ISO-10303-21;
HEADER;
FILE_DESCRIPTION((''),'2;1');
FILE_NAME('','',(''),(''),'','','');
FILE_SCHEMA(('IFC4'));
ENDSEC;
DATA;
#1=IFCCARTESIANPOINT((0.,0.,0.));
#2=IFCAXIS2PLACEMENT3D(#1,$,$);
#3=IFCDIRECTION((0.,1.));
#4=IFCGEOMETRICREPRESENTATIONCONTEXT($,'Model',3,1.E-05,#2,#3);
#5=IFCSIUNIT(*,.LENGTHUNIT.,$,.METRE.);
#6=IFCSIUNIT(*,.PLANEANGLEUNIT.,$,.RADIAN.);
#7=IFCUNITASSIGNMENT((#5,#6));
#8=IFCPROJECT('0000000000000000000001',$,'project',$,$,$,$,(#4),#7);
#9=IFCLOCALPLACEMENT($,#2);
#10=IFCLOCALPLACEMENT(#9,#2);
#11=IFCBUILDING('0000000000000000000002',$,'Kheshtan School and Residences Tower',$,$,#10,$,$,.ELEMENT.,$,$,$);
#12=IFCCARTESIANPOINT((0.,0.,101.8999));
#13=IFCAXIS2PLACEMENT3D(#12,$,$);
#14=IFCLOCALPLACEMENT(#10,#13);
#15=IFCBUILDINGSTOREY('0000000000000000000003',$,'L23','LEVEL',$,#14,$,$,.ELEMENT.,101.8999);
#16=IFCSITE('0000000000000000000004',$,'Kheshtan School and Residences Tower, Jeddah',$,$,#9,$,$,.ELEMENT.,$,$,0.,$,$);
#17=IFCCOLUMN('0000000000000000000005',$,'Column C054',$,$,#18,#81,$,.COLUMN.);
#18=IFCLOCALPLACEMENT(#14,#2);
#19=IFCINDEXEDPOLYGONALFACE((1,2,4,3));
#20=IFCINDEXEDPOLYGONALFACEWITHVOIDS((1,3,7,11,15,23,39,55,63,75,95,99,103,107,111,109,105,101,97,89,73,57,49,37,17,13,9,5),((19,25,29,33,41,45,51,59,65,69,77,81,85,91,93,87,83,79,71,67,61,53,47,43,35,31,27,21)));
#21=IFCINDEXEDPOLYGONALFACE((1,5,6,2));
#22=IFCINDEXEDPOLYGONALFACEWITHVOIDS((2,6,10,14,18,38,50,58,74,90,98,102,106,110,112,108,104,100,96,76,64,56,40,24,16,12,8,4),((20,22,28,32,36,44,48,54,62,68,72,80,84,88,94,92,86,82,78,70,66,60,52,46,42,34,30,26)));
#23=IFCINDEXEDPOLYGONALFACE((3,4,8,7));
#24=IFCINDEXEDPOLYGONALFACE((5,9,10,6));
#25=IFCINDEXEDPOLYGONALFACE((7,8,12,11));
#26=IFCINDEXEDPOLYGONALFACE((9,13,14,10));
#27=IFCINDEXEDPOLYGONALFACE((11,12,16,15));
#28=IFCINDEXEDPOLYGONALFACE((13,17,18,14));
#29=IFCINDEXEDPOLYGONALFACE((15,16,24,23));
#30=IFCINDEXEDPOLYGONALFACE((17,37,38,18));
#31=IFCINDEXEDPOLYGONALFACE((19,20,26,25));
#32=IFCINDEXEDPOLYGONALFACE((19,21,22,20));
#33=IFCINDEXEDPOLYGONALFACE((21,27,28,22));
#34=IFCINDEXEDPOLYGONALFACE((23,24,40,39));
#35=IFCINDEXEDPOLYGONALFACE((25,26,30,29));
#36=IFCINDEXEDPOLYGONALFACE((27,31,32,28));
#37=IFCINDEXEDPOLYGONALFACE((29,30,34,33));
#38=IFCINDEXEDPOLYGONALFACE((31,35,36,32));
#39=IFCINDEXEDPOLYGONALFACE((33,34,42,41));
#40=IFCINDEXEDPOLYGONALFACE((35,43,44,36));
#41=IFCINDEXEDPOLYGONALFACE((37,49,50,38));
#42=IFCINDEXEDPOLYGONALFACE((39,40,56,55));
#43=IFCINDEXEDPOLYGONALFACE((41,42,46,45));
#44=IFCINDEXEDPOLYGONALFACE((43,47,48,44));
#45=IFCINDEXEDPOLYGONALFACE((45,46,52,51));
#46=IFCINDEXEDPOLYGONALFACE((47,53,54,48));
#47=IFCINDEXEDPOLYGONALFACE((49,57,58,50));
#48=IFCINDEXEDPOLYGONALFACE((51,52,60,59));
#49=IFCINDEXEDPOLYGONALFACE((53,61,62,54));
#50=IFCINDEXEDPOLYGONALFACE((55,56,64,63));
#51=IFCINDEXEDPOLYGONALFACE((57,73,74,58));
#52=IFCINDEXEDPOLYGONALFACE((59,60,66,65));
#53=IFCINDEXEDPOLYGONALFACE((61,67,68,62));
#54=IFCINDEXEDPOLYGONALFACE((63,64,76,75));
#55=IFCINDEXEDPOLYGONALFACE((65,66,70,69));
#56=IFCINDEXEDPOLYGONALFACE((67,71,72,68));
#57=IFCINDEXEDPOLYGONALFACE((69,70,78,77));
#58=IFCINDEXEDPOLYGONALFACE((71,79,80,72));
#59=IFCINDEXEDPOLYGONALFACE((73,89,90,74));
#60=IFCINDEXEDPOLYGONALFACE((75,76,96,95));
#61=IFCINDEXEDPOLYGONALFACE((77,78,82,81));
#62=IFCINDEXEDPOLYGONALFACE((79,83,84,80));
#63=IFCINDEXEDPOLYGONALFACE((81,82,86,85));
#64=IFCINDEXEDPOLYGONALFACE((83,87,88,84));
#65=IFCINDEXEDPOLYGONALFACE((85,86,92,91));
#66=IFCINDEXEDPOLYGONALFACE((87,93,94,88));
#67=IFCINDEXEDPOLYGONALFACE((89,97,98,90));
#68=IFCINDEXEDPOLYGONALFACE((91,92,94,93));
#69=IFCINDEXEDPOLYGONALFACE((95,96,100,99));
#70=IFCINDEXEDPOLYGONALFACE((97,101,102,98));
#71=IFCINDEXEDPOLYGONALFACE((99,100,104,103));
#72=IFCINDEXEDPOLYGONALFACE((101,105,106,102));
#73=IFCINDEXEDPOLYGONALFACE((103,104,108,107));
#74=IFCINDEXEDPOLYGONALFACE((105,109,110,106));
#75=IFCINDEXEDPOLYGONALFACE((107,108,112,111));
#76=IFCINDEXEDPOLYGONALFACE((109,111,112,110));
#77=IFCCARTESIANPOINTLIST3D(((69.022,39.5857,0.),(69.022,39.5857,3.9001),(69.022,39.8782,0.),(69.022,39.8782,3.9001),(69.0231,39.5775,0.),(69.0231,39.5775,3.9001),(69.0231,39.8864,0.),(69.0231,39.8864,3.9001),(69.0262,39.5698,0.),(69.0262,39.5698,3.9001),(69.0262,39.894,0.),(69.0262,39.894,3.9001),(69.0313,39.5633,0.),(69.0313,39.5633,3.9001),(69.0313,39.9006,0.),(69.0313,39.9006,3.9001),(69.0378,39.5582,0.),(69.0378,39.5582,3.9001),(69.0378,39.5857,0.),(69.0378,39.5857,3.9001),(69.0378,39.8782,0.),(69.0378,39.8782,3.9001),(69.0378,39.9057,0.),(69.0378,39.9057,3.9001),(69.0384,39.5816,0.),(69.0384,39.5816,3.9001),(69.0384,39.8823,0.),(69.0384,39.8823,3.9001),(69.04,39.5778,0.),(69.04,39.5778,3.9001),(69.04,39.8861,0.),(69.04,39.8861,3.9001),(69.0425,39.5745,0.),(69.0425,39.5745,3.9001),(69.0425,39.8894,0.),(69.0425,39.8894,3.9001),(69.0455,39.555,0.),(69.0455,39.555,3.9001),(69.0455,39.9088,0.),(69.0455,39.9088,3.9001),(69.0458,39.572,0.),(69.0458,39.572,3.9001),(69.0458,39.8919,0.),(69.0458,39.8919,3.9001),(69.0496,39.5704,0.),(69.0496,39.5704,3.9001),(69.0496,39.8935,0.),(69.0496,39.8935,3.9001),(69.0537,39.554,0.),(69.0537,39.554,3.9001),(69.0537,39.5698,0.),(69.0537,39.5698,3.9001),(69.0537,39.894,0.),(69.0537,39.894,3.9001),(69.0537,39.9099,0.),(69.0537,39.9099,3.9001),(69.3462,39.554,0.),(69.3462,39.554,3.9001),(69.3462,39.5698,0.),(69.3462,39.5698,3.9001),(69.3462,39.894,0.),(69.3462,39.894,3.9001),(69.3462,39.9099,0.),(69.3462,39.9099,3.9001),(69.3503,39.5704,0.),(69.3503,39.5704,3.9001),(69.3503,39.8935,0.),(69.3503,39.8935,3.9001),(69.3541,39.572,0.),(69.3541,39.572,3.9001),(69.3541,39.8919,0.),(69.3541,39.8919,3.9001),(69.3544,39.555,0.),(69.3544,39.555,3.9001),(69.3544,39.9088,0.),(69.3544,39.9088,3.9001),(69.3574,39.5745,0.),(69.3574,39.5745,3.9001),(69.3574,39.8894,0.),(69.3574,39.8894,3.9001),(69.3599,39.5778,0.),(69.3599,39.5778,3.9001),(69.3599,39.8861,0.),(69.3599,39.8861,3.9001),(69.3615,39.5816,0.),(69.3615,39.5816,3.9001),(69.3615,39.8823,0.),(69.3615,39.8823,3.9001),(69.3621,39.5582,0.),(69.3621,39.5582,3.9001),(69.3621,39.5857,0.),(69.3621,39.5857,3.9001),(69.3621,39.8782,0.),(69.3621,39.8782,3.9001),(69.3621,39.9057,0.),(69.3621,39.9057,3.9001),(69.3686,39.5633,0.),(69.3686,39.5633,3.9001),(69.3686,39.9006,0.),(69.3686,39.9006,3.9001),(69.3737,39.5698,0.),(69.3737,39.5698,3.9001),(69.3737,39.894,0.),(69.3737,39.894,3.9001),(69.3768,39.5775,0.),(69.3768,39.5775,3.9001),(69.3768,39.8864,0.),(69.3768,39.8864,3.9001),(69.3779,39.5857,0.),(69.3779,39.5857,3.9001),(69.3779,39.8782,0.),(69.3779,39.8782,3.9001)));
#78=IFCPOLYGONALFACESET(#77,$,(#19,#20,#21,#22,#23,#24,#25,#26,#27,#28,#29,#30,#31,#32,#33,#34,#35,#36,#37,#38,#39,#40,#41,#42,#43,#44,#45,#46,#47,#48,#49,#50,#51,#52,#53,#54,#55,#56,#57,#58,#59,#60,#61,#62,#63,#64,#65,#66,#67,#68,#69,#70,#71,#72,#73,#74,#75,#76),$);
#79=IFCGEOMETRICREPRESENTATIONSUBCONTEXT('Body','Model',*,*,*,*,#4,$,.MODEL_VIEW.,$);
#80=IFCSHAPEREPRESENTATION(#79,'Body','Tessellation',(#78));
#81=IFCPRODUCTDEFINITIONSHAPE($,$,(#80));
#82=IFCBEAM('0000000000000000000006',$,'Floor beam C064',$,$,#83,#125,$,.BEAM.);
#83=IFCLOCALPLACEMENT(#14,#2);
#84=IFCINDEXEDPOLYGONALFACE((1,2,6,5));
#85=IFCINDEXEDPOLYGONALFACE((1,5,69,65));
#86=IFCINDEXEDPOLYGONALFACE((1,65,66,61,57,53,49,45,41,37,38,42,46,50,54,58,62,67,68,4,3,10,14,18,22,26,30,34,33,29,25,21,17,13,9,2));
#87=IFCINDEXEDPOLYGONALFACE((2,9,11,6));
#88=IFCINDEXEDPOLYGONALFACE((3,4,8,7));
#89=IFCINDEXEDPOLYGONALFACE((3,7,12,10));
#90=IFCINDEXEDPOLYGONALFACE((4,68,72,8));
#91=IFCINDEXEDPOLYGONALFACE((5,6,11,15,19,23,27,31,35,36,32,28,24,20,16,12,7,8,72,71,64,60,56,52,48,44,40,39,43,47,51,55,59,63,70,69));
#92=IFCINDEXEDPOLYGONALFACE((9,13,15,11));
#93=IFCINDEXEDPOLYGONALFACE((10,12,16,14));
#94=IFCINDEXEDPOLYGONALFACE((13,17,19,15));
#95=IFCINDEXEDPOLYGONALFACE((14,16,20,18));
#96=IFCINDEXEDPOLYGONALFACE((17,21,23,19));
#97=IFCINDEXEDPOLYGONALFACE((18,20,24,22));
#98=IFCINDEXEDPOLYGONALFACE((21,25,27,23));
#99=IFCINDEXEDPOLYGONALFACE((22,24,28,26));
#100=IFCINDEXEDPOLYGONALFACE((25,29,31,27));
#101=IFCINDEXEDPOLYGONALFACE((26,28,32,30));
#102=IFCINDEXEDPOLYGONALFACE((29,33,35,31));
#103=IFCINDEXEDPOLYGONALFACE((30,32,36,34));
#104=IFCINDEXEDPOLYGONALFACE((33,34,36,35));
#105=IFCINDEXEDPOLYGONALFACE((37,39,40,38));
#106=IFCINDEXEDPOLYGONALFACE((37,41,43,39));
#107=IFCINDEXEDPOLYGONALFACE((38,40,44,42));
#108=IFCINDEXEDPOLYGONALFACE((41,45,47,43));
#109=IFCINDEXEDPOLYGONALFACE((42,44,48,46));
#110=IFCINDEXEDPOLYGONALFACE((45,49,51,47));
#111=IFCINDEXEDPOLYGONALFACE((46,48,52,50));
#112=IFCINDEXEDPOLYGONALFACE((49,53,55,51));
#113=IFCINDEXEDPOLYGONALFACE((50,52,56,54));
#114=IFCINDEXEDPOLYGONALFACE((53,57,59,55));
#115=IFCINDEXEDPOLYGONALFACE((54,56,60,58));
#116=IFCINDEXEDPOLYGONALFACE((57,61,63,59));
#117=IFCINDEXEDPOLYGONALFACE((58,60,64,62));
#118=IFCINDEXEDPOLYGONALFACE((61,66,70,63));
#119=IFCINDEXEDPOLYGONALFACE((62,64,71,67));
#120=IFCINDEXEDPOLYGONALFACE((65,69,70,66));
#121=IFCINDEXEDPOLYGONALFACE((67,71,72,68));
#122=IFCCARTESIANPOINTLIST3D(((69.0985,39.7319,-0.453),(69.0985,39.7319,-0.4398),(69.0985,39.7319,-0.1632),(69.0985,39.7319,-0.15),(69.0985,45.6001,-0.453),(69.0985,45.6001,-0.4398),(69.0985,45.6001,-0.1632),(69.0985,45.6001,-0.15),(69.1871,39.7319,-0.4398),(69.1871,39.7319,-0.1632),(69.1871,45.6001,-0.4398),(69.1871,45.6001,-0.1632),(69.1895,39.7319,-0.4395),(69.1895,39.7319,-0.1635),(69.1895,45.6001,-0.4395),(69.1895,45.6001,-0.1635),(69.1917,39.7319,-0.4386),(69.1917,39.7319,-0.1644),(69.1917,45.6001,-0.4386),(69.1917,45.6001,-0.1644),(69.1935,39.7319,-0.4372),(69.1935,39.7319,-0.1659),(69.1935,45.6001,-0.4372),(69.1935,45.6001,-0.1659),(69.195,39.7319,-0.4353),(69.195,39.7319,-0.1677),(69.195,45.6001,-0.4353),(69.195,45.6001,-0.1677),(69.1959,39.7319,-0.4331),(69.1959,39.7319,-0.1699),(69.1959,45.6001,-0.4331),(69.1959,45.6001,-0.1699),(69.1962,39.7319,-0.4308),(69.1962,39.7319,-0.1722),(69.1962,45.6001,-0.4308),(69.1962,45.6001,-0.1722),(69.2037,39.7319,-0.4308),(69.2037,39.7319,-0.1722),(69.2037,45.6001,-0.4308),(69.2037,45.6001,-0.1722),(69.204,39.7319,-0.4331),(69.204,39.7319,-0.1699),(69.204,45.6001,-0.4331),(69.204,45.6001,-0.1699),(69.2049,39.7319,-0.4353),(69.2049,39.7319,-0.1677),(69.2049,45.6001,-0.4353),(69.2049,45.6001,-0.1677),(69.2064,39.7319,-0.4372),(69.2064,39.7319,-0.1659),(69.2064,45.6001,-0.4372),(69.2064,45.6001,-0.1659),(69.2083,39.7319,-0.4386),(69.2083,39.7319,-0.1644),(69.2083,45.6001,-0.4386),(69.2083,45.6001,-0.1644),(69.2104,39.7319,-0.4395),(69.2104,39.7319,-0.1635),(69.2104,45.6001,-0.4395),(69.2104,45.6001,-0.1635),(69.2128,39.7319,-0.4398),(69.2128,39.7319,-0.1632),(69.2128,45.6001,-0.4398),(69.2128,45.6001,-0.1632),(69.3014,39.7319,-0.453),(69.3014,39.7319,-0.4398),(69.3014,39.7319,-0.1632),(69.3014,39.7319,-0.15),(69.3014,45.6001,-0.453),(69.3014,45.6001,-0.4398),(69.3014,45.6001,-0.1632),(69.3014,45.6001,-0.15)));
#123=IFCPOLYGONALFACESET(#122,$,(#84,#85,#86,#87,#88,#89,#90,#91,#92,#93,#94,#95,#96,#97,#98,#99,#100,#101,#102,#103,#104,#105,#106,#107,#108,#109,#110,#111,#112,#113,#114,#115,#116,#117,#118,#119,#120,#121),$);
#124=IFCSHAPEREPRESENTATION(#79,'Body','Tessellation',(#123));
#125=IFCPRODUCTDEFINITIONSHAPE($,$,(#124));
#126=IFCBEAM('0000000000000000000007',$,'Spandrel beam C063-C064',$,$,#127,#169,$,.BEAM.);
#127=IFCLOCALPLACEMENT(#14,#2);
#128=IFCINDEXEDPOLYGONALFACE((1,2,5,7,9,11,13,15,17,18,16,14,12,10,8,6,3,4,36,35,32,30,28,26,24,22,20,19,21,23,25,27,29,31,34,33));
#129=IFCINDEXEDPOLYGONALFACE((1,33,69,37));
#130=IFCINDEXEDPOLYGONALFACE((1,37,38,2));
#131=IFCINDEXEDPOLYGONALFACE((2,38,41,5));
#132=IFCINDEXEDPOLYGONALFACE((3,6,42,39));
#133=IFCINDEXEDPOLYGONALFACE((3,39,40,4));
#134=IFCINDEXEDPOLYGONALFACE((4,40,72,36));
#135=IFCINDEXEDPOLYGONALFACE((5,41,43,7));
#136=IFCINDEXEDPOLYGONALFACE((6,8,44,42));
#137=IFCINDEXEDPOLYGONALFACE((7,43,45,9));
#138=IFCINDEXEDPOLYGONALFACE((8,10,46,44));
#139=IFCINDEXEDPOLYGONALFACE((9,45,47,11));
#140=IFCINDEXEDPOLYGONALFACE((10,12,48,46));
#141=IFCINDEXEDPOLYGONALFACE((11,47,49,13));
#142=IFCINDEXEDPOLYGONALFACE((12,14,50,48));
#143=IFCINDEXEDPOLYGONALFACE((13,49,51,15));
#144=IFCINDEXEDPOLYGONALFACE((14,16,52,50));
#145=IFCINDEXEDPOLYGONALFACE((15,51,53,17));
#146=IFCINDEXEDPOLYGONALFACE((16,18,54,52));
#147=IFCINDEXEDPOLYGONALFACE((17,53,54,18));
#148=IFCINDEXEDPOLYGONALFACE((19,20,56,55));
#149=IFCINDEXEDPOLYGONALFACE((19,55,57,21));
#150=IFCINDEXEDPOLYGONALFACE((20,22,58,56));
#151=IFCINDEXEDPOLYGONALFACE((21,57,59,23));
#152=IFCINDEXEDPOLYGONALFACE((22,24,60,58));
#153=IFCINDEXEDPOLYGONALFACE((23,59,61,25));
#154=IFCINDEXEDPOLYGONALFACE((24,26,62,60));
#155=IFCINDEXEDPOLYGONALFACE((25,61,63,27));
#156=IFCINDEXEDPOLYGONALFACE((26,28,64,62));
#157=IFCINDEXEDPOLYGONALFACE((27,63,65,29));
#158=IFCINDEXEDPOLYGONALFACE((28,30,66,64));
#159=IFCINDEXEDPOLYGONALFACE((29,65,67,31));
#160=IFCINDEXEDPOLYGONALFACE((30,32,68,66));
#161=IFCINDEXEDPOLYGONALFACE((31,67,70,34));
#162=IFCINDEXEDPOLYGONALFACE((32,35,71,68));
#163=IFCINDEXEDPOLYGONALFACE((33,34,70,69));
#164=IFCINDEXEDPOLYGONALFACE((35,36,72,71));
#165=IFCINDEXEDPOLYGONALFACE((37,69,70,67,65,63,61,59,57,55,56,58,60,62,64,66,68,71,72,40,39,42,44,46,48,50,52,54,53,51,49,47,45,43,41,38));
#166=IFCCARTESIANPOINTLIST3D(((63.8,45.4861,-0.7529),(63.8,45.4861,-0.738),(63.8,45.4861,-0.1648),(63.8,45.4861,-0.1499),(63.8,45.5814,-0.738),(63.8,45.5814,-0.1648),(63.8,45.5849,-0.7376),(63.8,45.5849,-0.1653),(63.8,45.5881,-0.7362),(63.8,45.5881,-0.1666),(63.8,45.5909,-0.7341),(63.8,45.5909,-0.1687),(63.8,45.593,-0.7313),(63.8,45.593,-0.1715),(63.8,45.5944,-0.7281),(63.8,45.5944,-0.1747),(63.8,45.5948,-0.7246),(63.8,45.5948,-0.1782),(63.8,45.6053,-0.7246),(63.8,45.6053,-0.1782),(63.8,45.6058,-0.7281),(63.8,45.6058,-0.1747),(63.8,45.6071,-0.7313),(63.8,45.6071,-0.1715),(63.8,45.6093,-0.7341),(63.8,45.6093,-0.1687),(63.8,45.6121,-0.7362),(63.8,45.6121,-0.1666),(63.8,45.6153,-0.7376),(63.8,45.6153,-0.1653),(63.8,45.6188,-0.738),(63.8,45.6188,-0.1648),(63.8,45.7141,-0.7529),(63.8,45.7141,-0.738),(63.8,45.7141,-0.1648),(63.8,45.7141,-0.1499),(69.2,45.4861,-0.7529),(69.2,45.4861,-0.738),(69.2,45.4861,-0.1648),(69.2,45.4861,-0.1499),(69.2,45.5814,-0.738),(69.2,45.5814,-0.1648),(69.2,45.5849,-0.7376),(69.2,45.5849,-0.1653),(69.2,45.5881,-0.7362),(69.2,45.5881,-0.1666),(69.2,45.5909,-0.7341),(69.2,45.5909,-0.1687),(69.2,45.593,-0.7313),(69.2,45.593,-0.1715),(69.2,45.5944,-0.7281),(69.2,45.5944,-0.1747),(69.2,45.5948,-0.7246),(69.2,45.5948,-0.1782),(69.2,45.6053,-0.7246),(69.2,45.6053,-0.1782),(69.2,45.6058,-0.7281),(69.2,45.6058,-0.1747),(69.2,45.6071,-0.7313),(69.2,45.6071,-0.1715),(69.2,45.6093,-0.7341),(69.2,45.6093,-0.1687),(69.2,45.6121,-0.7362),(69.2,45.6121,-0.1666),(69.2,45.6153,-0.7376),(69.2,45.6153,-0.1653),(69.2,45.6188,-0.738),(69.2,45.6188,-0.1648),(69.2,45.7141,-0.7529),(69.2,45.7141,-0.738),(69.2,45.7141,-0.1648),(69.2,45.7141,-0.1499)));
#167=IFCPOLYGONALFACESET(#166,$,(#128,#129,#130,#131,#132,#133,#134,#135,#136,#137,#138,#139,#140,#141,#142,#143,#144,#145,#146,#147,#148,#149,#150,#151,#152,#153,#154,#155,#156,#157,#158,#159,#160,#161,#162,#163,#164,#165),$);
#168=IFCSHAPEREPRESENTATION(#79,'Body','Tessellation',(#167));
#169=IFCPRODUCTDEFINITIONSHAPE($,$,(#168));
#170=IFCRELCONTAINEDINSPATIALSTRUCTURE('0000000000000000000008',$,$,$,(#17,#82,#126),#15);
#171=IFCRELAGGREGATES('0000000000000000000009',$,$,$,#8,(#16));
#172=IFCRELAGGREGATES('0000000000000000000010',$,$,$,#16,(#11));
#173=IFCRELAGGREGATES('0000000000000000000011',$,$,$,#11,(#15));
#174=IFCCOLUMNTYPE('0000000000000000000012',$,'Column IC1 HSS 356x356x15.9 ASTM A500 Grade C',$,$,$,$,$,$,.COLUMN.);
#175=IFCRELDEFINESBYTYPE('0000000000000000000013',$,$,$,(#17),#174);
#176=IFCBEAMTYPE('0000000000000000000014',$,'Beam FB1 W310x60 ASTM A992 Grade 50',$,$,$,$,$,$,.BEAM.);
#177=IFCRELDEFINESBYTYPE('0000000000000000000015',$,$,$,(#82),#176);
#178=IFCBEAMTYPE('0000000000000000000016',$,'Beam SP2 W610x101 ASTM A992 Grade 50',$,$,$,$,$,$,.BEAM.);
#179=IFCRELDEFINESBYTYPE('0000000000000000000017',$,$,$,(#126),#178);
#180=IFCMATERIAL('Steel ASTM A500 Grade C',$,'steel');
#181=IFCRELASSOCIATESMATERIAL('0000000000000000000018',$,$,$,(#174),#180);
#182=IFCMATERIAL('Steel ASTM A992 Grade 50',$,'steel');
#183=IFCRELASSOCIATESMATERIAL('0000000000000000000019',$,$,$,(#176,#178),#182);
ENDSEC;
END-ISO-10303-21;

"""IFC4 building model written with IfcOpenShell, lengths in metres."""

from ifc_helpers import new_model, si_unit, direction, frame, origin, origin_2d, place, context, subcontext, project, spatial, hollow_rectangle, i_section, extrude, material, material_profile, profile_set, type_object, element, save


model = new_model("IFC4")

# Units and contexts
model_context = context("Model", 3, precision=1e-05, world=origin(), true_north=direction((0.0, 1.0)))
body_context = subcontext(model_context, "Body", "Model", "MODEL_VIEW")
ifc_project = project(units=[si_unit("LENGTHUNIT", "METRE"), si_unit("PLANEANGLEUNIT", "RADIAN")], contexts=[model_context])

# Site, building, storey
site_placement = place(None, origin())
site = spatial("IfcSite", under=ifc_project, at=site_placement, Name="Kheshtan School and Residences Tower, Jeddah", CompositionType="ELEMENT", RefElevation=0.0)
building_placement = place(site_placement, origin())
building = spatial("IfcBuilding", under=site, at=building_placement, Name="Kheshtan School and Residences Tower", CompositionType="ELEMENT")
storey_placement = place(building_placement, frame((0.0, 0.0, 101.8999)))
storey = spatial("IfcBuildingStorey", under=building, at=storey_placement, Name="L23", Description="LEVEL", CompositionType="ELEMENT", Elevation=101.8999)

# Column
ifc_material_1 = material(Name="Steel ASTM A992 Grade 50", Category="steel")
ifc_material_2 = material(Name="Steel ASTM A500 Grade C", Category="steel")
ifc_material_profile_1 = material_profile(ifc_material_2, hollow_rectangle(XDim=0.356, YDim=0.356, WallThickness=0.0159, InnerFilletRadius=0.0159, OuterFilletRadius=0.0317, at=origin_2d()), Name="HSS 356x356x15.9")
ifc_profile_set_1 = profile_set([ifc_material_profile_1], Name="Steel ASTM A500 Grade C")
column_type_1 = type_object("IfcColumnType", Name="Column IC1 HSS 356x356x15.9 ASTM A500 Grade C", PredefinedType="COLUMN", material=ifc_profile_set_1)
column_placement = place(storey_placement, frame((69.2, 39.7319, 0.0), z_axis=(0.0, 0.0, 1.0), x_axis=(1.0, 0.0, 0.0)))
element("IfcColumn", 1, at=column_placement, inside=storey, type_object=column_type_1, Name="Column C054", PredefinedType="COLUMN", context=body_context, shape_type="SweptSolid", body=[
    extrude(hollow_rectangle(XDim=0.356, YDim=0.356, WallThickness=0.0159, InnerFilletRadius=0.0159, OuterFilletRadius=0.0317, at=origin_2d()), origin(), (0.0, 0.0, 1.0), 3.9001),
])

# Beams
ifc_material_profile_2 = material_profile(ifc_material_1, i_section(OverallWidth=0.2029, OverallDepth=0.303, WebThickness=0.0076, FlangeThickness=0.0132, FilletRadius=0.009, at=origin_2d()), Name="W310x60")
ifc_profile_set_2 = profile_set([ifc_material_profile_2], Name="Steel ASTM A992 Grade 50")
beam_type_1 = type_object("IfcBeamType", Name="Beam FB1 W310x60 ASTM A992 Grade 50", PredefinedType="BEAM", material=ifc_profile_set_2)
beam_1_placement = place(storey_placement, frame((69.2, 45.6001, -0.3015), z_axis=(0.0, -1.0, 0.0), x_axis=(1.0, 0.0, 0.0)))
element("IfcBeam", 2, at=beam_1_placement, inside=storey, type_object=beam_type_1, Name="Floor beam C064", PredefinedType="BEAM", context=body_context, shape_type="SweptSolid", body=[
    extrude(i_section(OverallWidth=0.2029, OverallDepth=0.303, WebThickness=0.0076, FlangeThickness=0.0132, FilletRadius=0.009, at=origin_2d()), origin(), (0.0, 0.0, 1.0), 5.8682),
])
ifc_material_profile_3 = material_profile(ifc_material_1, i_section(OverallWidth=0.228, OverallDepth=0.603, WebThickness=0.0105, FlangeThickness=0.0149, FilletRadius=0.0134, at=origin_2d()), Name="W610x101")
ifc_profile_set_3 = profile_set([ifc_material_profile_3], Name="Steel ASTM A992 Grade 50")
beam_type_2 = type_object("IfcBeamType", Name="Beam SP2 W610x101 ASTM A992 Grade 50", PredefinedType="BEAM", material=ifc_profile_set_3)
beam_2_placement = place(storey_placement, frame((63.8, 45.6001, -0.4514), z_axis=(1.0, 0.0, 0.0), x_axis=(0.0, 1.0, 0.0)))
element("IfcBeam", 3, at=beam_2_placement, inside=storey, type_object=beam_type_2, Name="Spandrel beam C063-C064", PredefinedType="BEAM", context=body_context, shape_type="SweptSolid", body=[
    extrude(i_section(OverallWidth=0.228, OverallDepth=0.603, WebThickness=0.0105, FlangeThickness=0.0149, FilletRadius=0.0134, at=origin_2d()), origin(), (0.0, 0.0, 1.0), 5.3999),
])

save(model, "model.ifc")
